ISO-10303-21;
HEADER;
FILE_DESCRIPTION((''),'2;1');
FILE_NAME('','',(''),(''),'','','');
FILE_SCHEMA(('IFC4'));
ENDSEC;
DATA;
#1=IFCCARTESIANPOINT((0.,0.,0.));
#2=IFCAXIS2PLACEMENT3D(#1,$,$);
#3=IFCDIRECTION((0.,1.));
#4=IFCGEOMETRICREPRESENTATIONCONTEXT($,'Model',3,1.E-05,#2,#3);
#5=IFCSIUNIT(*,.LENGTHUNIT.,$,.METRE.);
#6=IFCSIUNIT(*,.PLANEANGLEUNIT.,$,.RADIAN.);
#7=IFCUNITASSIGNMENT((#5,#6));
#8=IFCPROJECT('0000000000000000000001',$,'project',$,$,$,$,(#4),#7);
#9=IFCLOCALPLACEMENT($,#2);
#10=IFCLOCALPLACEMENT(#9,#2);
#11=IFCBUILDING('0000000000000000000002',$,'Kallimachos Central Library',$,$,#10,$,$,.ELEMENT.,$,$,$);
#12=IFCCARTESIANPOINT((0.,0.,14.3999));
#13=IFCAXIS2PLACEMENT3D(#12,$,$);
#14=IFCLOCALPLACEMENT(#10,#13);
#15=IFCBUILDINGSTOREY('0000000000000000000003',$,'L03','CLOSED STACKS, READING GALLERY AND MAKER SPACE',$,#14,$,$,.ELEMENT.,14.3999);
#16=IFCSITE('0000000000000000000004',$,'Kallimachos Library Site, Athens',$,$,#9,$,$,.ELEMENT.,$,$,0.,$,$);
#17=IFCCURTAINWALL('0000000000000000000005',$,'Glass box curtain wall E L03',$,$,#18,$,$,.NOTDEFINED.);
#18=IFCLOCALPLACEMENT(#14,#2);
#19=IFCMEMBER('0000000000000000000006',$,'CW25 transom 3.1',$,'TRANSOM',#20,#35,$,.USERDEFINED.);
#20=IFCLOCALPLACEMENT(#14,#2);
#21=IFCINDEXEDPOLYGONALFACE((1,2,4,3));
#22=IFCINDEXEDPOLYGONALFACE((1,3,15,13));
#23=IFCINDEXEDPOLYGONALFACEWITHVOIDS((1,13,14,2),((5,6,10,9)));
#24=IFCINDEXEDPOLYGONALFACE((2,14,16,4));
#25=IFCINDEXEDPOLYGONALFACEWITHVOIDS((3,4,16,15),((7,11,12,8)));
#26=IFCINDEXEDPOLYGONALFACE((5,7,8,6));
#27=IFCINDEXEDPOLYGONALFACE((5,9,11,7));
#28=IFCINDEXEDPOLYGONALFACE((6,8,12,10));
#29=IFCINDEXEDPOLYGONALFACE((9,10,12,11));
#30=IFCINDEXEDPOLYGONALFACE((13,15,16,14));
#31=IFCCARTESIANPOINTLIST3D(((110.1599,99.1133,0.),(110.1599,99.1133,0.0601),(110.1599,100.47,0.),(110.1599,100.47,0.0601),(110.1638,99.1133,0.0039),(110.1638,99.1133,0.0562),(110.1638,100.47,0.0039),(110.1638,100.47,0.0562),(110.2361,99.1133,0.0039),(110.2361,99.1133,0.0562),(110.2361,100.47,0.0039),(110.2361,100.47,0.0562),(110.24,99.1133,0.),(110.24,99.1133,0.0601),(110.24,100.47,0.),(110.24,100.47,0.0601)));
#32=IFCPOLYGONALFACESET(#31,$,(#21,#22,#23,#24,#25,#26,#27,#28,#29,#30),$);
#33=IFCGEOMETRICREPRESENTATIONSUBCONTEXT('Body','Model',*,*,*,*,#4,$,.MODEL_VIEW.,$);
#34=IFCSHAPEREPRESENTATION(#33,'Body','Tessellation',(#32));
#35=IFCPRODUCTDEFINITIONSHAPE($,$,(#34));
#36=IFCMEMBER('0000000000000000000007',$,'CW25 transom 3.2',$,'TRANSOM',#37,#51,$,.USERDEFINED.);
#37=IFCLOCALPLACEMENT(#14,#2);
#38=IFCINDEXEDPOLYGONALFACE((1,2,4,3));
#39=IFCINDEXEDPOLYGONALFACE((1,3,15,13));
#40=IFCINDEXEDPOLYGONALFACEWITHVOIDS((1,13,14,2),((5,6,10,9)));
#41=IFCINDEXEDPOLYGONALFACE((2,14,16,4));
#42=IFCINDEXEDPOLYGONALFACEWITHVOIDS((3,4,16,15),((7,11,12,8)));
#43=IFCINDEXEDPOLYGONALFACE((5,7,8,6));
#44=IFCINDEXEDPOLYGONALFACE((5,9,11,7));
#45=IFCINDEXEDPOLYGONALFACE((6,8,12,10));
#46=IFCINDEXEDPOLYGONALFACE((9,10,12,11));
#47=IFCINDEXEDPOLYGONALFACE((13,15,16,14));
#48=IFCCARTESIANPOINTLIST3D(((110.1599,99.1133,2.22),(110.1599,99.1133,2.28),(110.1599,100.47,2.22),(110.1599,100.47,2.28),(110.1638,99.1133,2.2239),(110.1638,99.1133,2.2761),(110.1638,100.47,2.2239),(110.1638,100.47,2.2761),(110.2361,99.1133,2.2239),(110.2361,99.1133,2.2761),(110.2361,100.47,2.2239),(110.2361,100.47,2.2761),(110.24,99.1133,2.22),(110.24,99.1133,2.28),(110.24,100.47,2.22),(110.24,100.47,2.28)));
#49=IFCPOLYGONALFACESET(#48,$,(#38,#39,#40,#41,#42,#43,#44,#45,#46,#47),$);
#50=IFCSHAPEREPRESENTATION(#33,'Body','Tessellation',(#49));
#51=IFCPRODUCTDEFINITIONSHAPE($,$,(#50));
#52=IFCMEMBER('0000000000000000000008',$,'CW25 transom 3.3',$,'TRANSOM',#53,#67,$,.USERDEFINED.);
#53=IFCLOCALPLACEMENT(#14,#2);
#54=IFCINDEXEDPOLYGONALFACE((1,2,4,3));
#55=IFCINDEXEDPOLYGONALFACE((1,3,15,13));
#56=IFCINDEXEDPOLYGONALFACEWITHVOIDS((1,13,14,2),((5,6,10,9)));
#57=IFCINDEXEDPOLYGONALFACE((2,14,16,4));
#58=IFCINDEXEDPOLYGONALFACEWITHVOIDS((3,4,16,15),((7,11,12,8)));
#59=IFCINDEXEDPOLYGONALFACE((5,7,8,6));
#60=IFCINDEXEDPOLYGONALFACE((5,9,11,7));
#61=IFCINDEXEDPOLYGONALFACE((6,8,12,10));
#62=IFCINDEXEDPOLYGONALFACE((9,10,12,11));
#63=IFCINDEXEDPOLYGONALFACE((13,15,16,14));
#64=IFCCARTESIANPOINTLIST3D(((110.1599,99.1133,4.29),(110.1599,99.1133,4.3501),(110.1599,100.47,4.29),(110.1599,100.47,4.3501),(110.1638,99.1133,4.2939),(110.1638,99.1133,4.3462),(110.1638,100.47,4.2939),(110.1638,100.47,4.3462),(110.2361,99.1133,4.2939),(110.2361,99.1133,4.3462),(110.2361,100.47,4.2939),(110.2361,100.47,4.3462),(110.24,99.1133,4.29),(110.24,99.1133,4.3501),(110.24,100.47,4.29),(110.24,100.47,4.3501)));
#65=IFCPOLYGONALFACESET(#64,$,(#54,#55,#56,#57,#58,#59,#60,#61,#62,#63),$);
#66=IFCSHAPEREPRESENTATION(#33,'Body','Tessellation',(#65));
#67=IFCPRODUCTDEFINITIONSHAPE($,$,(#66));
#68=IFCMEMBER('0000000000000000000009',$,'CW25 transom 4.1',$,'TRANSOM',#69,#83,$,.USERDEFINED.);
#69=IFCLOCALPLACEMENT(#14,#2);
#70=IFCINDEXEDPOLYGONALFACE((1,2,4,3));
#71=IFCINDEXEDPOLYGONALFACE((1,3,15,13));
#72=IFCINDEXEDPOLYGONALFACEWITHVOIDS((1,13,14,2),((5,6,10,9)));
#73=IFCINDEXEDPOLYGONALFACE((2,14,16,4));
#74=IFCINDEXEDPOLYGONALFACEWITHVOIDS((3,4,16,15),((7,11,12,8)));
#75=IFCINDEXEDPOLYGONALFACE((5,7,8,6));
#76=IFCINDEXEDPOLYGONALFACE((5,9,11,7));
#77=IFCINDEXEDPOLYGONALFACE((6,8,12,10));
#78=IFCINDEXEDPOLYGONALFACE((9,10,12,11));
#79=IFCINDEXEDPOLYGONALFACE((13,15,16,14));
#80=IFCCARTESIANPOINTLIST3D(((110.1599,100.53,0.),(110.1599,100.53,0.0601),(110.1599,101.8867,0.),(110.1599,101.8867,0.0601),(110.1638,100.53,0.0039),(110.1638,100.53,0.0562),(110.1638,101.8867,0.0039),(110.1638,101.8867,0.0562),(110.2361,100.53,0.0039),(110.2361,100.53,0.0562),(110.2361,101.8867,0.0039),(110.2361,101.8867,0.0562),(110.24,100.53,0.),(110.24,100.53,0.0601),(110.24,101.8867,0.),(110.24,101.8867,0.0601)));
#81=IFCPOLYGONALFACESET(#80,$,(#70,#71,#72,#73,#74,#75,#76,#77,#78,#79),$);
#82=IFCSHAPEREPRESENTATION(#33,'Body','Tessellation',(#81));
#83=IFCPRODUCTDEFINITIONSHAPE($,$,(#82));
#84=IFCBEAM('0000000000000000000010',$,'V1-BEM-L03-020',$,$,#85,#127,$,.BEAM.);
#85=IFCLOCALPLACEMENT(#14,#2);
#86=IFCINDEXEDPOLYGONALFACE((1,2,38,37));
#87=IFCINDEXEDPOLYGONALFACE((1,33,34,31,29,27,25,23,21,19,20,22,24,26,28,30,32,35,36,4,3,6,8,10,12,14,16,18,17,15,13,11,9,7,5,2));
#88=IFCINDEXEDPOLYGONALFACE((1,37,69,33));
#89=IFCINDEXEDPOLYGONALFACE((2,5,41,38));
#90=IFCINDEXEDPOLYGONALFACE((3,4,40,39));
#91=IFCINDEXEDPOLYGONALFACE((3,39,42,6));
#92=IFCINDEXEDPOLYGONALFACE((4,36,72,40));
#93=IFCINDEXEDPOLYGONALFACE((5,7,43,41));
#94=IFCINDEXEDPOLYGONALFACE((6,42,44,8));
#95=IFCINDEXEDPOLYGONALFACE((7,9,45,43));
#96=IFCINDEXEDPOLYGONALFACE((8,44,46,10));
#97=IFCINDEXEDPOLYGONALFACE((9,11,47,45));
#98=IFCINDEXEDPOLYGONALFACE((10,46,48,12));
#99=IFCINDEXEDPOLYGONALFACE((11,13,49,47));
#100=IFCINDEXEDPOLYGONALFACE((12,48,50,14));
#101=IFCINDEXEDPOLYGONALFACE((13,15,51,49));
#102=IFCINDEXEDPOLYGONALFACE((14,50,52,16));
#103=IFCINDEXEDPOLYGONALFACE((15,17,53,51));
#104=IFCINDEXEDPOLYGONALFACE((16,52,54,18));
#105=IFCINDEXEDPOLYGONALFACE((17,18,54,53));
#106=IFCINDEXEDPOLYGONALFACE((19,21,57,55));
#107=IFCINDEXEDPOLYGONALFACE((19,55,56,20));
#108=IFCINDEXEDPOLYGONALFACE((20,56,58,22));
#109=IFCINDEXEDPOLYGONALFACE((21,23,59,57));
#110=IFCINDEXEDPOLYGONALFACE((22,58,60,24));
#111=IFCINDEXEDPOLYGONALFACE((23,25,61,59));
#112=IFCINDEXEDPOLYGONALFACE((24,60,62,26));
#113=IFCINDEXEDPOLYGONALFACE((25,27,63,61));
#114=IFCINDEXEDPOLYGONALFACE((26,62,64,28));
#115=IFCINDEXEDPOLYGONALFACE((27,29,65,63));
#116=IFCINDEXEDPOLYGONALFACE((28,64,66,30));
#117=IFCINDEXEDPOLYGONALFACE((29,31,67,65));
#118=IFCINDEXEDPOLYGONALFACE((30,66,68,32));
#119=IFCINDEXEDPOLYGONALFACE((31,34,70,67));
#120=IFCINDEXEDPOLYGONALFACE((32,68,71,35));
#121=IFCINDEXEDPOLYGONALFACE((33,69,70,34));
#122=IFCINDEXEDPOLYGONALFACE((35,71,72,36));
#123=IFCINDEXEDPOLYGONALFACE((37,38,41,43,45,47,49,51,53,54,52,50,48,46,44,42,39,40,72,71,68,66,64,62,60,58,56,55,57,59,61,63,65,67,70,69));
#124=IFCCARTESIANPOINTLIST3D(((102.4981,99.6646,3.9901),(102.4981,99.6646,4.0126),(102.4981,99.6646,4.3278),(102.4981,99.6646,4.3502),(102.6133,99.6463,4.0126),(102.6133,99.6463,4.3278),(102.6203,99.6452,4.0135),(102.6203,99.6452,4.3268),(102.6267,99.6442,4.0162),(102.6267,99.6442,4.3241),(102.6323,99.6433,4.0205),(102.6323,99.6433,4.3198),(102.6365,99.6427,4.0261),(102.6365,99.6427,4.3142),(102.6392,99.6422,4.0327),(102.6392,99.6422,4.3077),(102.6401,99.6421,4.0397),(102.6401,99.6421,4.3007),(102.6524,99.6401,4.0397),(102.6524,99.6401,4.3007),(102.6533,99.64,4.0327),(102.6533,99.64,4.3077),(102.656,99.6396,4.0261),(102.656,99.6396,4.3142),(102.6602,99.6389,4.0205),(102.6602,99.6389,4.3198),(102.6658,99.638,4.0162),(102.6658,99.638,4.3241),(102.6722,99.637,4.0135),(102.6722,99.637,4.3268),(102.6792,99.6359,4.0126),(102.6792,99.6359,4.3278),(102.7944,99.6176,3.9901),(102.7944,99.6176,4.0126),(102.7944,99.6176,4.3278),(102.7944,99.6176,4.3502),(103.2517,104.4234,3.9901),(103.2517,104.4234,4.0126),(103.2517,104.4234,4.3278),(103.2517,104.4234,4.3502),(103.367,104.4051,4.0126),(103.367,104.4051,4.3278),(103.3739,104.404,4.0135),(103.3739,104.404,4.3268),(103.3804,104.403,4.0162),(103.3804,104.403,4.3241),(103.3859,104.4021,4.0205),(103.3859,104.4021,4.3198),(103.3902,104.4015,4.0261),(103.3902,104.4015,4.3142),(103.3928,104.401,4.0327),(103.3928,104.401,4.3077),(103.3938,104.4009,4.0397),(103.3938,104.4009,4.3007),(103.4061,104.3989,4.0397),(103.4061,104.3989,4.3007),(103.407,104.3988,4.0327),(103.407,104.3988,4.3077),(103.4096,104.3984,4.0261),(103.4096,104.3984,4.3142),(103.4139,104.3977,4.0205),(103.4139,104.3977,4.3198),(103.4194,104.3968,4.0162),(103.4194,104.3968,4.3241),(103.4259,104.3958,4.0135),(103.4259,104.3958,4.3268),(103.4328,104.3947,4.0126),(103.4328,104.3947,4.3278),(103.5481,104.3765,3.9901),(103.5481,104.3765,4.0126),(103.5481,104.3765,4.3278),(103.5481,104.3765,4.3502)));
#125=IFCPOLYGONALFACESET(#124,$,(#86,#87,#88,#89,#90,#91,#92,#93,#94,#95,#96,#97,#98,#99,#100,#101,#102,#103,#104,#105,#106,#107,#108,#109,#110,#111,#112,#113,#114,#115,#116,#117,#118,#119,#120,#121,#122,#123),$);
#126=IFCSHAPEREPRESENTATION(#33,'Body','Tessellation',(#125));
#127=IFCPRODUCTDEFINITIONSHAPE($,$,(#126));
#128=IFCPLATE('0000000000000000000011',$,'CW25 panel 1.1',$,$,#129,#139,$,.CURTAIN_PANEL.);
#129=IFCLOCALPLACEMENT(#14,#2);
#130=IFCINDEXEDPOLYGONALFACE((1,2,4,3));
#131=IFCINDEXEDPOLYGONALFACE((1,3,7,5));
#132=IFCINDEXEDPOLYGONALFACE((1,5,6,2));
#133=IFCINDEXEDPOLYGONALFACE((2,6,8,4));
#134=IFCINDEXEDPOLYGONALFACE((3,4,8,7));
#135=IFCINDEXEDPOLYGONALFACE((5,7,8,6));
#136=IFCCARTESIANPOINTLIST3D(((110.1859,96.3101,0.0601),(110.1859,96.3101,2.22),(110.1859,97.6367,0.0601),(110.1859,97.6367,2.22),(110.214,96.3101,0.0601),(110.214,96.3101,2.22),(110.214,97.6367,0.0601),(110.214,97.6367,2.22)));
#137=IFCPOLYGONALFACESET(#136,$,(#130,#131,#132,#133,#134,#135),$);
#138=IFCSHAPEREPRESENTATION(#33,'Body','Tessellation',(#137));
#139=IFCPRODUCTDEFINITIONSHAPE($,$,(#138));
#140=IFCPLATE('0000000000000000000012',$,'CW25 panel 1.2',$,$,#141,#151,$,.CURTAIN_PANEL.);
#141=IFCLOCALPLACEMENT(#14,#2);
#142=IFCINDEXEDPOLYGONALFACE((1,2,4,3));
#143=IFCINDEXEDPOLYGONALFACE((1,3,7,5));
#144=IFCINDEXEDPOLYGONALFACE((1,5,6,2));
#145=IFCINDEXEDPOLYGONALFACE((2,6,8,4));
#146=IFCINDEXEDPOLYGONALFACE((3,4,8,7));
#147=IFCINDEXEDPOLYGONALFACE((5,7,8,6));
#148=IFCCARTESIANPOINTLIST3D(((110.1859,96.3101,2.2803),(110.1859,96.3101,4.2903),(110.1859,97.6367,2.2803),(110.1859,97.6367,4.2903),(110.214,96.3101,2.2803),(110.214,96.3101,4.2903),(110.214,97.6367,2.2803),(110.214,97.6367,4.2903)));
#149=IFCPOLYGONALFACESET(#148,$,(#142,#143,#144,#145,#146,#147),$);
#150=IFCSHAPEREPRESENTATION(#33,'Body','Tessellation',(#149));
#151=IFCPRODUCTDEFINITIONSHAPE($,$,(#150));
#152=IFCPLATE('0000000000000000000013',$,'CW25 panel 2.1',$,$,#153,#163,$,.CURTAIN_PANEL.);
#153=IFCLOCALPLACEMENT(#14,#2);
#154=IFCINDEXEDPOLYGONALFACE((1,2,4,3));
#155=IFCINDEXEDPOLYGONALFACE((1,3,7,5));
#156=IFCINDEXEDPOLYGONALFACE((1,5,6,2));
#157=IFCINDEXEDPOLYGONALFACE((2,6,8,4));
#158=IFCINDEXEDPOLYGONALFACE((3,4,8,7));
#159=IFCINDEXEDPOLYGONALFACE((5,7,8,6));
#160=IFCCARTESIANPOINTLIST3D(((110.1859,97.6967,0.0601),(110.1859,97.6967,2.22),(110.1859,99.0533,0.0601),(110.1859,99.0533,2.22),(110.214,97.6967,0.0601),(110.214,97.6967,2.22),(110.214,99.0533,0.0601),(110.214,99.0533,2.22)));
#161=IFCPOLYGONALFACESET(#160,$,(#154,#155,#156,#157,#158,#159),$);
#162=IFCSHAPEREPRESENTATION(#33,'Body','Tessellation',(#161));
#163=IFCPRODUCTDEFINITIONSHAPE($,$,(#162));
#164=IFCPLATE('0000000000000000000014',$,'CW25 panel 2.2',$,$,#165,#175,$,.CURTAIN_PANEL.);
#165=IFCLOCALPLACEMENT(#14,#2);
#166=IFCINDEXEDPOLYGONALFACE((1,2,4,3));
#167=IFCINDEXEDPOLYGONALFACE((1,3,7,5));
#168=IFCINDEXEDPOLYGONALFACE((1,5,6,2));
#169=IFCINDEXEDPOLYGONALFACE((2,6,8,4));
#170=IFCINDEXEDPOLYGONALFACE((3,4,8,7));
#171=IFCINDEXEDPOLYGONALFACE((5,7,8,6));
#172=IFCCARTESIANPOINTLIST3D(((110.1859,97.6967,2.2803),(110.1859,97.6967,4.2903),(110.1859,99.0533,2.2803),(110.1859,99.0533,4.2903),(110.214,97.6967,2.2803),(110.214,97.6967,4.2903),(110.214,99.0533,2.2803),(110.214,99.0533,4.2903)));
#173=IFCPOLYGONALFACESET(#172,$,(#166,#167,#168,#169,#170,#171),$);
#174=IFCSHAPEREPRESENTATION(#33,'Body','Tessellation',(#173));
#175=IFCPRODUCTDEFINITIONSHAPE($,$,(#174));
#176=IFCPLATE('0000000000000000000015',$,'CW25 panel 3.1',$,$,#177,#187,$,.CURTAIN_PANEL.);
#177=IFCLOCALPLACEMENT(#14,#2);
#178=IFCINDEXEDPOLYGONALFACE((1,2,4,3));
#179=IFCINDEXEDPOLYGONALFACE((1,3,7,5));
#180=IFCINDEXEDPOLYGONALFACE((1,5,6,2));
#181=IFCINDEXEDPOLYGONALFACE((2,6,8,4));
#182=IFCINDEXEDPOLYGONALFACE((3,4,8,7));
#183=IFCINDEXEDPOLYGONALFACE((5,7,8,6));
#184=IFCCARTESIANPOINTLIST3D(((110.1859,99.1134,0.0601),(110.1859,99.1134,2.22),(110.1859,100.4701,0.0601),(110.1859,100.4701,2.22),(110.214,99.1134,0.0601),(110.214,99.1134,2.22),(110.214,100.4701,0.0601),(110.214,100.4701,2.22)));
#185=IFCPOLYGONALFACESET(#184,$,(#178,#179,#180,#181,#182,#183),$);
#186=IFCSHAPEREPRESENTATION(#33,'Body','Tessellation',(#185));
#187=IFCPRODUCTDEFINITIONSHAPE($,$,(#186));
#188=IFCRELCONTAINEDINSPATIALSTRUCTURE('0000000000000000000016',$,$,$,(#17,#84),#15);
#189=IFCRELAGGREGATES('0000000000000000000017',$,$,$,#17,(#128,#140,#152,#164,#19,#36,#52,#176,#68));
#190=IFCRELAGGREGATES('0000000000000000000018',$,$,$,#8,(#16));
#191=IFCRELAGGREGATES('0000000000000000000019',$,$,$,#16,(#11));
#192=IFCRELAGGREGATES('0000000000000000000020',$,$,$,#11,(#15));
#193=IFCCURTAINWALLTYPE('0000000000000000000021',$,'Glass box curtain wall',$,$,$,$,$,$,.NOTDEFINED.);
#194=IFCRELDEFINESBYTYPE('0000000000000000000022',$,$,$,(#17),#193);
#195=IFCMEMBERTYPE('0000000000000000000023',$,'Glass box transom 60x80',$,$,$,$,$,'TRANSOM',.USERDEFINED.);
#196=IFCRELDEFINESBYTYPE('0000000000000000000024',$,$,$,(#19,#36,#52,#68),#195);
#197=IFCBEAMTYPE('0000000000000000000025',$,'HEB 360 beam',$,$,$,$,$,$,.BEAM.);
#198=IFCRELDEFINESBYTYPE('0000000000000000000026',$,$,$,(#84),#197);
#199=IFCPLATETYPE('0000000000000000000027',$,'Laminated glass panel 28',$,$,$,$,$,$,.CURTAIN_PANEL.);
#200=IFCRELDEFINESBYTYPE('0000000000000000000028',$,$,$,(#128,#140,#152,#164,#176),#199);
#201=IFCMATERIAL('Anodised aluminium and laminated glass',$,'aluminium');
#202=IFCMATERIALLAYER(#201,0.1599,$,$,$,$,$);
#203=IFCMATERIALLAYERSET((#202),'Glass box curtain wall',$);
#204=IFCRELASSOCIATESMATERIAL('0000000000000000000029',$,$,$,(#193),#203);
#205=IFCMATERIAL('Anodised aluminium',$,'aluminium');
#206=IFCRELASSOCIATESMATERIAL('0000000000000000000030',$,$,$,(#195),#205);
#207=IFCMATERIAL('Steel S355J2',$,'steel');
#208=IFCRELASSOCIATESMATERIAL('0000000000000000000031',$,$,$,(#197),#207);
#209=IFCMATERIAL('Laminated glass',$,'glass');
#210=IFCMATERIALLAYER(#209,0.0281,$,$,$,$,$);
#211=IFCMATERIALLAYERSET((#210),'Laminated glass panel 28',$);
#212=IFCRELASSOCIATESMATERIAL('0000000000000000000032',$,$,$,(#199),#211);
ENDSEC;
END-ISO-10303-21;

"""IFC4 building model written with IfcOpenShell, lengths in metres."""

from ifc_helpers import new_model, si_unit, direction, frame, origin, origin_2d, place, context, subcontext, project, spatial, rectangle, hollow_rectangle, i_section, extrude, material, layer, layer_set, material_profile, profile_set, type_object, element, aggregate, save


model = new_model("IFC4")

# Units and contexts
model_context = context("Model", 3, precision=1e-05, world=origin(), true_north=direction((0.0, 1.0)))
body_context = subcontext(model_context, "Body", "Model", "MODEL_VIEW")
ifc_project = project(units=[si_unit("LENGTHUNIT", "METRE"), si_unit("PLANEANGLEUNIT", "RADIAN")], contexts=[model_context])

# Site, building, storey
site_placement = place(None, origin())
site = spatial("IfcSite", under=ifc_project, at=site_placement, Name="Kallimachos Library Site, Athens", CompositionType="ELEMENT", RefElevation=0.0)
building_placement = place(site_placement, origin())
building = spatial("IfcBuilding", under=site, at=building_placement, Name="Kallimachos Central Library", CompositionType="ELEMENT")
storey_placement = place(building_placement, frame((0.0, 0.0, 14.3999)))
storey = spatial("IfcBuildingStorey", under=building, at=storey_placement, Name="L03", Description="CLOSED STACKS, READING GALLERY AND MAKER SPACE", CompositionType="ELEMENT", Elevation=14.3999)

# Curtain wall, members
ifc_material_1 = material(Name="Anodised aluminium and laminated glass", Category="aluminium")
ifc_layer_1 = layer(ifc_material_1, 0.1599)
ifc_layer_set_1 = layer_set([ifc_layer_1], Name="Glass box curtain wall")
curtain_wall_type = type_object("IfcCurtainWallType", Name="Glass box curtain wall", PredefinedType="NOTDEFINED", material=ifc_layer_set_1)
curtain_wall_placement = place(storey_placement, origin())
curtain_wall = element("IfcCurtainWall", 1, at=curtain_wall_placement, inside=storey, type_object=curtain_wall_type, Name="Glass box curtain wall E L03", PredefinedType="NOTDEFINED")
ifc_material_2 = material(Name="Anodised aluminium", Category="aluminium")
ifc_material_profile_1 = material_profile(ifc_material_2, hollow_rectangle(XDim=0.0601, YDim=0.0801, WallThickness=0.0039, at=origin_2d()), Name="ALU TRANSOM 60x80")
ifc_profile_set_1 = profile_set([ifc_material_profile_1], Name="Anodised aluminium")
member_type_1 = type_object("IfcMemberType", Name="Glass box transom 60x80", ElementType="TRANSOM", PredefinedType="USERDEFINED", material=ifc_profile_set_1)
member_1_placement = place(storey_placement, frame((110.2, 99.1133, 0.03), z_axis=(0.0, 1.0, 0.0), x_axis=(0.0, 0.0, 1.0)))
member_1 = element("IfcMember", 2, at=member_1_placement, type_object=member_type_1, Name="CW25 transom 3.1", ObjectType="TRANSOM", PredefinedType="USERDEFINED", context=body_context, shape_type="SweptSolid", body=[
    extrude(hollow_rectangle(XDim=0.0601, YDim=0.0801, WallThickness=0.0039, at=origin_2d()), origin(), (0.0, 0.0, 1.0), 1.3567),
])
member_2_placement = place(storey_placement, frame((110.2, 99.1133, 2.25), z_axis=(0.0, 1.0, 0.0), x_axis=(0.0, 0.0, 1.0)))
member_2 = element("IfcMember", 3, at=member_2_placement, type_object=member_type_1, Name="CW25 transom 3.2", ObjectType="TRANSOM", PredefinedType="USERDEFINED", context=body_context, shape_type="SweptSolid", body=[
    extrude(hollow_rectangle(XDim=0.0601, YDim=0.0801, WallThickness=0.0039, at=origin_2d()), origin(), (0.0, 0.0, 1.0), 1.3567),
])
member_3_placement = place(storey_placement, frame((110.2, 99.1133, 4.3201), z_axis=(0.0, 1.0, 0.0), x_axis=(0.0, 0.0, 1.0)))
member_3 = element("IfcMember", 4, at=member_3_placement, type_object=member_type_1, Name="CW25 transom 3.3", ObjectType="TRANSOM", PredefinedType="USERDEFINED", context=body_context, shape_type="SweptSolid", body=[
    extrude(hollow_rectangle(XDim=0.0601, YDim=0.0801, WallThickness=0.0039, at=origin_2d()), origin(), (0.0, 0.0, 1.0), 1.3567),
])
member_4_placement = place(storey_placement, frame((110.2, 100.53, 0.03), z_axis=(0.0, 1.0, 0.0), x_axis=(0.0, 0.0, 1.0)))
member_4 = element("IfcMember", 5, at=member_4_placement, type_object=member_type_1, Name="CW25 transom 4.1", ObjectType="TRANSOM", PredefinedType="USERDEFINED", context=body_context, shape_type="SweptSolid", body=[
    extrude(hollow_rectangle(XDim=0.0601, YDim=0.0801, WallThickness=0.0039, at=origin_2d()), origin(), (0.0, 0.0, 1.0), 1.3567),
])

# Beam
ifc_material_3 = material(Name="Steel S355J2", Category="steel")
ifc_material_profile_2 = material_profile(ifc_material_3, i_section(OverallWidth=0.3, OverallDepth=0.3601, WebThickness=0.0125, FlangeThickness=0.0225, FilletRadius=0.0271, at=origin_2d()), Name="HEB 360")
ifc_profile_set_2 = profile_set([ifc_material_profile_2], Name="Steel S355J2")
beam_type = type_object("IfcBeamType", Name="HEB 360 beam", PredefinedType="BEAM", material=ifc_profile_set_2)
beam_placement = place(storey_placement, frame((102.6462, 99.6411, 4.1702), z_axis=(0.156423, 0.98769, 0.0), x_axis=(-0.98769, 0.156423, 0.0)))
element("IfcBeam", 6, at=beam_placement, inside=storey, type_object=beam_type, Name="V1-BEM-L03-020", PredefinedType="BEAM", context=body_context, shape_type="SweptSolid", body=[
    extrude(i_section(OverallWidth=0.3, OverallDepth=0.3601, WebThickness=0.0125, FlangeThickness=0.0225, FilletRadius=0.0271, at=origin_2d()), origin(), (0.0, 0.0, 1.0), 4.8181),
])

# Plates
ifc_material_4 = material(Name="Laminated glass", Category="glass")
ifc_layer_2 = layer(ifc_material_4, 0.0281)
ifc_layer_set_2 = layer_set([ifc_layer_2], Name="Laminated glass panel 28")
plate_type = type_object("IfcPlateType", Name="Laminated glass panel 28", PredefinedType="CURTAIN_PANEL", material=ifc_layer_set_2)
plate_1_placement = place(storey_placement, frame((110.2, 96.9734, 0.0601), z_axis=(0.0, 0.0, 1.0), x_axis=(0.0, 1.0, 0.0)))
plate_1 = element("IfcPlate", 7, at=plate_1_placement, type_object=plate_type, Name="CW25 panel 1.1", PredefinedType="CURTAIN_PANEL", context=body_context, shape_type="SweptSolid", body=[
    extrude(rectangle(XDim=1.3267, YDim=0.0281, at=origin_2d()), origin(), (0.0, 0.0, 1.0), 2.1599),
])
plate_2_placement = place(storey_placement, frame((110.2, 96.9734, 2.2803), z_axis=(0.0, 0.0, 1.0), x_axis=(0.0, 1.0, 0.0)))
plate_2 = element("IfcPlate", 8, at=plate_2_placement, type_object=plate_type, Name="CW25 panel 1.2", PredefinedType="CURTAIN_PANEL", context=body_context, shape_type="SweptSolid", body=[
    extrude(rectangle(XDim=1.3267, YDim=0.0281, at=origin_2d()), origin(), (0.0, 0.0, 1.0), 2.01),
])
plate_3_placement = place(storey_placement, frame((110.2, 98.375, 0.0601), z_axis=(0.0, 0.0, 1.0), x_axis=(0.0, 1.0, 0.0)))
plate_3 = element("IfcPlate", 9, at=plate_3_placement, type_object=plate_type, Name="CW25 panel 2.1", PredefinedType="CURTAIN_PANEL", context=body_context, shape_type="SweptSolid", body=[
    extrude(rectangle(XDim=1.3567, YDim=0.0281, at=origin_2d()), origin(), (0.0, 0.0, 1.0), 2.1599),
])
plate_4_placement = place(storey_placement, frame((110.2, 98.375, 2.2803), z_axis=(0.0, 0.0, 1.0), x_axis=(0.0, 1.0, 0.0)))
plate_4 = element("IfcPlate", 10, at=plate_4_placement, type_object=plate_type, Name="CW25 panel 2.2", PredefinedType="CURTAIN_PANEL", context=body_context, shape_type="SweptSolid", body=[
    extrude(rectangle(XDim=1.3567, YDim=0.0281, at=origin_2d()), origin(), (0.0, 0.0, 1.0), 2.01),
])
plate_5_placement = place(storey_placement, frame((110.2, 99.7917, 0.0601), z_axis=(0.0, 0.0, 1.0), x_axis=(0.0, 1.0, 0.0)))
plate_5 = element("IfcPlate", 11, at=plate_5_placement, type_object=plate_type, Name="CW25 panel 3.1", PredefinedType="CURTAIN_PANEL", context=body_context, shape_type="SweptSolid", body=[
    extrude(rectangle(XDim=1.3567, YDim=0.0281, at=origin_2d()), origin(), (0.0, 0.0, 1.0), 2.1599),
])
aggregate(curtain_wall, [plate_1, plate_2, plate_3, plate_4, member_1, member_2, member_3, plate_5, member_4])

save(model, "model.ifc")
